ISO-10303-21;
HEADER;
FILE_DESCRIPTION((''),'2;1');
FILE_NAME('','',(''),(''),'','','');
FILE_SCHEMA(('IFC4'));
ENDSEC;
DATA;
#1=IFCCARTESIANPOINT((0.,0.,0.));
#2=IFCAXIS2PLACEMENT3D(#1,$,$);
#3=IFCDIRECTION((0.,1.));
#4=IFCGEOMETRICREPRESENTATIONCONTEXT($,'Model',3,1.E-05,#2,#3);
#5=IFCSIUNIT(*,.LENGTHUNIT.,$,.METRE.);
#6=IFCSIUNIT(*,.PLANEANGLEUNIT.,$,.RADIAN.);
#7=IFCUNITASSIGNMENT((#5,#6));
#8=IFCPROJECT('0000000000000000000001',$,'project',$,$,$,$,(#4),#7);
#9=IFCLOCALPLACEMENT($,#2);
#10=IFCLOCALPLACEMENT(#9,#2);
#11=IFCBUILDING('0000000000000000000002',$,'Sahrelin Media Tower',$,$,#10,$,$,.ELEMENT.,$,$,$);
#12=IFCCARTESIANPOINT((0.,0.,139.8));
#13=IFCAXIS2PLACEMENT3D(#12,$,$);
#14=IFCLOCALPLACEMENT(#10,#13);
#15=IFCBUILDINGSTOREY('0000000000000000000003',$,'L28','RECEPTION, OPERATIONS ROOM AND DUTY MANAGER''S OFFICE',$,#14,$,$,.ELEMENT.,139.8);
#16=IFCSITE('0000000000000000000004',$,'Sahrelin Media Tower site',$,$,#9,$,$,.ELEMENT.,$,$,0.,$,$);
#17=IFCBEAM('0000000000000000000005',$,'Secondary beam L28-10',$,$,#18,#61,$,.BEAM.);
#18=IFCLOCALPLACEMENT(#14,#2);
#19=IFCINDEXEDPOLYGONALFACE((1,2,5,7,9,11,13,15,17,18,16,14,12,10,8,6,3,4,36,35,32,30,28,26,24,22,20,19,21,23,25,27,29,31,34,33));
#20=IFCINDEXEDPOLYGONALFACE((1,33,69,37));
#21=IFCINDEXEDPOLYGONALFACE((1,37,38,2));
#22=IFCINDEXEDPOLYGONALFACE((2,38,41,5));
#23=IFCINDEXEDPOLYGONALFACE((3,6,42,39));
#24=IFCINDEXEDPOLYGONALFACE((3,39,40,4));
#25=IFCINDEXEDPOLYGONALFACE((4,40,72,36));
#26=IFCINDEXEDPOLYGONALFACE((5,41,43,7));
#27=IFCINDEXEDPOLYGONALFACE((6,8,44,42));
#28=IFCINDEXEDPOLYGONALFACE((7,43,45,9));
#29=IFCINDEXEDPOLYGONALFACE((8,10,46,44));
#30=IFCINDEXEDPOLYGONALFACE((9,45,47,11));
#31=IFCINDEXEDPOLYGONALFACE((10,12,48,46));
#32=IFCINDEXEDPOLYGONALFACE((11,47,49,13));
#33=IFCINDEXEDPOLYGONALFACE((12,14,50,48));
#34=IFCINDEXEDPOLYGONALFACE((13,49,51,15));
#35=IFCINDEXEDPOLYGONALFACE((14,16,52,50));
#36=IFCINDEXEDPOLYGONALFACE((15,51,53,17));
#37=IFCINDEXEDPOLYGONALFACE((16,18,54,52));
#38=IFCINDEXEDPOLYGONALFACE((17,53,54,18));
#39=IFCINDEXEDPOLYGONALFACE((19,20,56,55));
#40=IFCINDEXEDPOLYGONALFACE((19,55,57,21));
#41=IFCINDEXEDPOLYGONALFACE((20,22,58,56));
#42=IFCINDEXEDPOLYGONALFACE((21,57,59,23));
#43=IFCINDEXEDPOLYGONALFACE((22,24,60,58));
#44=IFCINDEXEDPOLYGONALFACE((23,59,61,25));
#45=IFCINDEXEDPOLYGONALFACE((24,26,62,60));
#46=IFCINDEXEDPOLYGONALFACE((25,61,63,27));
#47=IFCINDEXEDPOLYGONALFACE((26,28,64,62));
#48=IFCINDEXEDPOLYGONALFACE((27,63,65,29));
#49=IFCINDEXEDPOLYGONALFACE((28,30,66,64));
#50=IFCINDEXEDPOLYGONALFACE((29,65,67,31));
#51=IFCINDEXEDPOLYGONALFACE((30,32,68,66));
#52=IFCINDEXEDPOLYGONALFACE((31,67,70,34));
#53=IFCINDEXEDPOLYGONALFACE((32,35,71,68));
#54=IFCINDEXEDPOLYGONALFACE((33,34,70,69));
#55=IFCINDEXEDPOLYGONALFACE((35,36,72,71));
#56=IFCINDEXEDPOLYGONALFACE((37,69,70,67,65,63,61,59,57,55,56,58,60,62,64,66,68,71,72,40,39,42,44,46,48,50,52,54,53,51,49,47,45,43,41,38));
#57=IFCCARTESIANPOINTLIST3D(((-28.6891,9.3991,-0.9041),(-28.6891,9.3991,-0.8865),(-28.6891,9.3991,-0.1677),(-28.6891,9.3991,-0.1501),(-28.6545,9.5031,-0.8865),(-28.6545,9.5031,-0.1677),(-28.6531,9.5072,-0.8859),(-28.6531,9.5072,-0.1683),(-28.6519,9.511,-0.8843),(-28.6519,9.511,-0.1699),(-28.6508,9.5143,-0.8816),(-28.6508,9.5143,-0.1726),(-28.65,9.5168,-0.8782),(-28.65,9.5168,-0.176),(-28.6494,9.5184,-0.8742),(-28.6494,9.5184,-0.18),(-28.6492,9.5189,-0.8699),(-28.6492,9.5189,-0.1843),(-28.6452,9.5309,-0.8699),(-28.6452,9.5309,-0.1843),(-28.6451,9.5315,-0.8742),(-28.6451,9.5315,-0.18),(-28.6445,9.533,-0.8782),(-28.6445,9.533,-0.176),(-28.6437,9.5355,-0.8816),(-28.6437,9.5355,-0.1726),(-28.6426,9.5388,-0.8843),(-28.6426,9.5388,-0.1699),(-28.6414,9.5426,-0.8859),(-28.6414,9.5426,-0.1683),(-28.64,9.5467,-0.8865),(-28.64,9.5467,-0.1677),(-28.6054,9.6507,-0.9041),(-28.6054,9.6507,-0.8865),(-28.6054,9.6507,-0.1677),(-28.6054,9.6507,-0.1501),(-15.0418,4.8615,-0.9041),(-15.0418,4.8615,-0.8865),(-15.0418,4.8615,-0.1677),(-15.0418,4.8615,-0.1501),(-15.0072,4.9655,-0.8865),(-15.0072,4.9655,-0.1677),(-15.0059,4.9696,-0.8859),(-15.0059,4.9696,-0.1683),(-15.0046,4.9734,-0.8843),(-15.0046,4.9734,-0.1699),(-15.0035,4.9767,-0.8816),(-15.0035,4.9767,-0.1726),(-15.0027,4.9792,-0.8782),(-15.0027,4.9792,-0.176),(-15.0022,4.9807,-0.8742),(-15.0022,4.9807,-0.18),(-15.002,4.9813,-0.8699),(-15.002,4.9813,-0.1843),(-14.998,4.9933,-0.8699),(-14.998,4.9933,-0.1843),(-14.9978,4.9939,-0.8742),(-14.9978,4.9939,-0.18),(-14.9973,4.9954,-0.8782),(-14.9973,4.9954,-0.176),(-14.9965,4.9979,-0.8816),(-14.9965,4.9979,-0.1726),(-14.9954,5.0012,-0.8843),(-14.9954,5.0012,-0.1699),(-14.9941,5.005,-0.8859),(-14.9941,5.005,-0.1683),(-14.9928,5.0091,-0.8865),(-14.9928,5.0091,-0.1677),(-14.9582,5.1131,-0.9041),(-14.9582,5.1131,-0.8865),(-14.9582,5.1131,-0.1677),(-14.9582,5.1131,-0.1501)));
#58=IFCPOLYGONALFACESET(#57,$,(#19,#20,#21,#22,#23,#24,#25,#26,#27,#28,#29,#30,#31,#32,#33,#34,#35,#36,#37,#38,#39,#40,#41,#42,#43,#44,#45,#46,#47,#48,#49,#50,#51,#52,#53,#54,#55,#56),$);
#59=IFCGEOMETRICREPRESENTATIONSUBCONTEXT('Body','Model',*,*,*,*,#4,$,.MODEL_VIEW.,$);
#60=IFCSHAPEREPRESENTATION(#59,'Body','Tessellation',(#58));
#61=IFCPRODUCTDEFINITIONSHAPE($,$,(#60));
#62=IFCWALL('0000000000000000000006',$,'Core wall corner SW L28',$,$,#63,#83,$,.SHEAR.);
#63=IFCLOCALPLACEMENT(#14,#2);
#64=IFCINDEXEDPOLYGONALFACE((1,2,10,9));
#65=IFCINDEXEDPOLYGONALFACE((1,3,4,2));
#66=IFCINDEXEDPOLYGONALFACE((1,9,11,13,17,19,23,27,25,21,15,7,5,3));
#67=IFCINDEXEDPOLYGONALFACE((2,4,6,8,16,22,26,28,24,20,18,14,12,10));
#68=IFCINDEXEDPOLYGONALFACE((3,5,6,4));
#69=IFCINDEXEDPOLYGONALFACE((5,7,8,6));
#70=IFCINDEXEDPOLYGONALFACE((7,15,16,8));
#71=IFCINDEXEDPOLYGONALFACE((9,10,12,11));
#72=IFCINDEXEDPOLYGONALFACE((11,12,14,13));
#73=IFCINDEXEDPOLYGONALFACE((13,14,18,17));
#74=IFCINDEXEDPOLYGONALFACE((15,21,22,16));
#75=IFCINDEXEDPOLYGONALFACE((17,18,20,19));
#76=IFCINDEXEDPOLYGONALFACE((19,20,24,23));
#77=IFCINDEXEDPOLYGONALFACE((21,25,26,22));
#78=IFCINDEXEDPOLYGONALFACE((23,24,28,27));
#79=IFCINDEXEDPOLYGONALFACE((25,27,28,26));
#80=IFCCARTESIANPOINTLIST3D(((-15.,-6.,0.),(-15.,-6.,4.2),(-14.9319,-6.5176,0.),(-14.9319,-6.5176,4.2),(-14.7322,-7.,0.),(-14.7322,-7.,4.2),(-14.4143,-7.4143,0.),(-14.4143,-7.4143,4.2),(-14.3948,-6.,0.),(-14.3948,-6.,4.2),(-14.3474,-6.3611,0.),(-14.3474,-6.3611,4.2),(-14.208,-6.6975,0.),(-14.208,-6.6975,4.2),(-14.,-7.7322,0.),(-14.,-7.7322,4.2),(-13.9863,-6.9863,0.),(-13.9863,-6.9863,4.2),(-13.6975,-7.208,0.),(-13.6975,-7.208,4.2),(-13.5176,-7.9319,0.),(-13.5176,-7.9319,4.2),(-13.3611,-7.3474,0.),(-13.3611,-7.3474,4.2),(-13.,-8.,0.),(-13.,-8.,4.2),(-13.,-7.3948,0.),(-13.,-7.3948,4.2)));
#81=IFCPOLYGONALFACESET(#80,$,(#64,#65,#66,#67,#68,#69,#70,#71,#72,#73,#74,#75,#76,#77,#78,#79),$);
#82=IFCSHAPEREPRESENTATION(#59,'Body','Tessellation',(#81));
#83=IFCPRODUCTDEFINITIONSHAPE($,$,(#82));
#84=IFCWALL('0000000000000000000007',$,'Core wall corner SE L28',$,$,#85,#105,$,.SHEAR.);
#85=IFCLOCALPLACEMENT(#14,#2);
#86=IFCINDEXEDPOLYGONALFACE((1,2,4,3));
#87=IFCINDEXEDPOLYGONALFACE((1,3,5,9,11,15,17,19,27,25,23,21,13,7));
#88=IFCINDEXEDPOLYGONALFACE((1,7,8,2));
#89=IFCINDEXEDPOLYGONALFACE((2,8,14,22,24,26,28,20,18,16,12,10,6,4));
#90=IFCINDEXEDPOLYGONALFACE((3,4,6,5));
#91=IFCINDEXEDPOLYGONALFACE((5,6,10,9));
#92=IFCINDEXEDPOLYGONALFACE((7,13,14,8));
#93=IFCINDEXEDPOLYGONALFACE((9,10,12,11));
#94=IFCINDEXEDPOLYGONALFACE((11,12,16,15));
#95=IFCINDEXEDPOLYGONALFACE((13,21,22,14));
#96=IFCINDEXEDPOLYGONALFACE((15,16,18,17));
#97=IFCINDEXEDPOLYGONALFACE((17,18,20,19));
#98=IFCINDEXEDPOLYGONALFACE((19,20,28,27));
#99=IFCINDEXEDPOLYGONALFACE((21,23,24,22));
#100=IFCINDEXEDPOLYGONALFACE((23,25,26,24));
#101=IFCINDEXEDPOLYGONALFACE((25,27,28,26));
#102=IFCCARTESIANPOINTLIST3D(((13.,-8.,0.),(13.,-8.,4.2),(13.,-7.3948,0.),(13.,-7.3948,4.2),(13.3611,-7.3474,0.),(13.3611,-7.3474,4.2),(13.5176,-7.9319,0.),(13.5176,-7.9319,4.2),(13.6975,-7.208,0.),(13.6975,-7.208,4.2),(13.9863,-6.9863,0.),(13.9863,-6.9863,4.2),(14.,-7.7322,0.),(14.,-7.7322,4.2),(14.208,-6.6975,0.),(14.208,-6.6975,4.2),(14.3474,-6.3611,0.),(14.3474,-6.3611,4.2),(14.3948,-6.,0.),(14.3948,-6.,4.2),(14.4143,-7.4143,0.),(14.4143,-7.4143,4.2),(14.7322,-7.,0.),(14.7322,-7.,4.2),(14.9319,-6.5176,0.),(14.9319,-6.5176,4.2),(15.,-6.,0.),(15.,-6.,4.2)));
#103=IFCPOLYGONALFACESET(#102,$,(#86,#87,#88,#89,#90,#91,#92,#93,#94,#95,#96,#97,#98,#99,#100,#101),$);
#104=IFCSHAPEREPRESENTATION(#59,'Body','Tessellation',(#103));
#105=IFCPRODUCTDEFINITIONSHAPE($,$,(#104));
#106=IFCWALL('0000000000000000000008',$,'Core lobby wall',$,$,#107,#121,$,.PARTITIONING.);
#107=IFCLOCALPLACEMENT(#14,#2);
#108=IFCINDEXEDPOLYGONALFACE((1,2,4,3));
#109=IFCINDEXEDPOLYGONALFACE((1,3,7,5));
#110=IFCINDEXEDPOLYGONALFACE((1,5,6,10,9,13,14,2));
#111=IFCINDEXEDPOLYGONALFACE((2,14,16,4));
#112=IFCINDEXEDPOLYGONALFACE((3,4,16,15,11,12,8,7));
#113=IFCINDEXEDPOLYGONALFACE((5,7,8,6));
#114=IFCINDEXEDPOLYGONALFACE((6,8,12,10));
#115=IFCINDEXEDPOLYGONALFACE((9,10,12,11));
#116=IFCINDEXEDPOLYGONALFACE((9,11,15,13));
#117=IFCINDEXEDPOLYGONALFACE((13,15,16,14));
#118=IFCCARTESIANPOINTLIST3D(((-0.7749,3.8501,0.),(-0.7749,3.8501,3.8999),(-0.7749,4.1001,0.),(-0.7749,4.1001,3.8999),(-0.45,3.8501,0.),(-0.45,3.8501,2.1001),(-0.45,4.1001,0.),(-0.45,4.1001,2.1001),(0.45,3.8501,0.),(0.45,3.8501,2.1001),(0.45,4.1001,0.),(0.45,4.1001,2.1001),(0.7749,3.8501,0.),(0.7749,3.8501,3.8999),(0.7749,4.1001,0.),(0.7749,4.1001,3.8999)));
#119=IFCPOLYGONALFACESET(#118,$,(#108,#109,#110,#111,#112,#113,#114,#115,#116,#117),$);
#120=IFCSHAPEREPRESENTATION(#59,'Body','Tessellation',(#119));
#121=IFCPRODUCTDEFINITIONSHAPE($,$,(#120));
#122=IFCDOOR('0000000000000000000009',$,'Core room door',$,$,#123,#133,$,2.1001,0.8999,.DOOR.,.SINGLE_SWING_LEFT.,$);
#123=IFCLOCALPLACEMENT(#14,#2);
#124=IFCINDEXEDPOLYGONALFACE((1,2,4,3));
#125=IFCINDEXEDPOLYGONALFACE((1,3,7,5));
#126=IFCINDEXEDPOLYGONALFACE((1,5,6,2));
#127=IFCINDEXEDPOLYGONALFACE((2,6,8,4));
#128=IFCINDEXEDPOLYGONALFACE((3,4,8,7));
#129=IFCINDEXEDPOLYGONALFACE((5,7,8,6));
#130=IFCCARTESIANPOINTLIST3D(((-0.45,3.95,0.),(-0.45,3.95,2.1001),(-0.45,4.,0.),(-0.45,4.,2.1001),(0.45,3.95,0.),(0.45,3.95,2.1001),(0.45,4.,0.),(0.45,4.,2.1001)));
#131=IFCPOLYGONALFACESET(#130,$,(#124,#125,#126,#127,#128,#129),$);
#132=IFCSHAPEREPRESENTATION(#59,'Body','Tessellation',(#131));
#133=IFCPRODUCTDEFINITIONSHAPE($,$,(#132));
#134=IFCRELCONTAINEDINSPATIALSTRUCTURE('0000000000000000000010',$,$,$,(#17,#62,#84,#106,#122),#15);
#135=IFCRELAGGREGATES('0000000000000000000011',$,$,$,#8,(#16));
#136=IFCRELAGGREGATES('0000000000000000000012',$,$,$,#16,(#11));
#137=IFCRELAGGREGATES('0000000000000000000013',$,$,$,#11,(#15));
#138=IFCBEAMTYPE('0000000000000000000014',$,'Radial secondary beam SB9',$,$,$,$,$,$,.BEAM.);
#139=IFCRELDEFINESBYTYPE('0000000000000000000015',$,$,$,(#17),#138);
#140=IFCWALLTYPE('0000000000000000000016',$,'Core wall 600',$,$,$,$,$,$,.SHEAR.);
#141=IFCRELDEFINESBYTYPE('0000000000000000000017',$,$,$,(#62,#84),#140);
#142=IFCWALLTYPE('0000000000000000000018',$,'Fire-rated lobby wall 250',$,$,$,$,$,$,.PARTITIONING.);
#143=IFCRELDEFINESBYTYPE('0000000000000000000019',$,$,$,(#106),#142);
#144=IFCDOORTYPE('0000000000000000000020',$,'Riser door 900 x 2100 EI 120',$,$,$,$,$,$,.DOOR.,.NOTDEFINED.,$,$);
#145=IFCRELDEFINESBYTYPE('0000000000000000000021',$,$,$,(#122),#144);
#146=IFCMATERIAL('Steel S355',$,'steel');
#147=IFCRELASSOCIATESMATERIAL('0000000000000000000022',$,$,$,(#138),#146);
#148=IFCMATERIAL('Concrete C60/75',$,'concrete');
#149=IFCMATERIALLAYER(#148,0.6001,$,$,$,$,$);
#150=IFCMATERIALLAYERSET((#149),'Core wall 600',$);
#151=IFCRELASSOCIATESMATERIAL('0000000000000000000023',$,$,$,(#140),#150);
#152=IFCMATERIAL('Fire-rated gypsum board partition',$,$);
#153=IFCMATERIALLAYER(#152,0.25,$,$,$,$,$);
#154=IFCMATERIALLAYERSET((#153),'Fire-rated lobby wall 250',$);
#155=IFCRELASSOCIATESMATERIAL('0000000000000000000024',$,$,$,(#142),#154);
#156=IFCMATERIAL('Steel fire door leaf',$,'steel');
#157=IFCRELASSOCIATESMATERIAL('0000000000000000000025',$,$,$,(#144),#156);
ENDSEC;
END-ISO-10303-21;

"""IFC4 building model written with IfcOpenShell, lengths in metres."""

from ifc_helpers import new_model, si_unit, direction, frame, frame_2d, origin, origin_2d, place, context, subcontext, project, spatial, polyline, rectangle, i_section, outline, extrude, material, layer, layer_set, material_profile, profile_set, type_object, element, fill, save


model = new_model("IFC4")

# Units and contexts
model_context = context("Model", 3, precision=1e-05, world=origin(), true_north=direction((0.0, 1.0)))
body_context = subcontext(model_context, "Body", "Model", "MODEL_VIEW")
ifc_project = project(units=[si_unit("LENGTHUNIT", "METRE"), si_unit("PLANEANGLEUNIT", "RADIAN")], contexts=[model_context])

# Site, building, storey
site_placement = place(None, origin())
site = spatial("IfcSite", under=ifc_project, at=site_placement, Name="Sahrelin Media Tower site", CompositionType="ELEMENT", RefElevation=0.0)
building_placement = place(site_placement, origin())
building = spatial("IfcBuilding", under=site, at=building_placement, Name="Sahrelin Media Tower", CompositionType="ELEMENT")
storey_placement = place(building_placement, frame((0.0, 0.0, 139.8)))
storey = spatial("IfcBuildingStorey", under=building, at=storey_placement, Name="L28", Description="RECEPTION, OPERATIONS ROOM AND DUTY MANAGER'S OFFICE", CompositionType="ELEMENT", Elevation=139.8)

# Beam
ifc_material_1 = material(Name="Steel S355", Category="steel")
ifc_material_profile_1 = material_profile(ifc_material_1, i_section(OverallWidth=0.2651, OverallDepth=0.7539, WebThickness=0.0127, FlangeThickness=0.0176, FilletRadius=0.0166, at=origin_2d()), Name="UB 762x267x147")
ifc_profile_set_1 = profile_set([ifc_material_profile_1], Name="Steel S355")
beam_type_1 = type_object("IfcBeamType", Name="Radial secondary beam SB9", PredefinedType="BEAM", material=ifc_profile_set_1)
beam_1_placement = place(storey_placement, frame((-15.0, 4.9873, -0.5271), z_axis=(-0.948922, 0.31551, 0.0), x_axis=(-0.31551, -0.948922, 0.0)))
element("IfcBeam", 1, at=beam_1_placement, inside=storey, type_object=beam_type_1, Name="Secondary beam L28-10", PredefinedType="BEAM", context=body_context, shape_type="SweptSolid", body=[
    extrude(i_section(OverallWidth=0.2651, OverallDepth=0.7539, WebThickness=0.0127, FlangeThickness=0.0176, FilletRadius=0.0166, at=origin_2d()), origin(), (0.0, 0.0, 1.0), 14.3818),
])

# Walls
ifc_material_2 = material(Name="Concrete C60/75", Category="concrete")
ifc_layer_1 = layer(ifc_material_2, 0.6001)
ifc_layer_set_1 = layer_set([ifc_layer_1], Name="Core wall 600")
wall_type_1 = type_object("IfcWallType", Name="Core wall 600", PredefinedType="SHEAR", material=ifc_layer_set_1)
placement = place(storey_placement, origin())
element("IfcWall", 2, at=placement, inside=storey, type_object=wall_type_1, Name="Core wall corner SW L28", PredefinedType="SHEAR", context=body_context, shape_type="SweptSolid", body=[
    extrude(outline(polyline([(-13.0, -8.0), (-13.0, -7.3948), (-13.3611, -7.3474), (-13.6975, -7.208), (-13.9863, -6.9863), (-14.208, -6.6975), (-14.3474, -6.3611), (-14.3948, -6.0), (-15.0, -6.0), (-14.9319, -6.5176), (-14.7322, -7.0), (-14.4143, -7.4143), (-14.0, -7.7322), (-13.5176, -7.9319), (-13.0, -8.0)])), origin(), (0.0, 0.0, 1.0), 4.2),
])
element("IfcWall", 3, at=placement, inside=storey, type_object=wall_type_1, Name="Core wall corner SE L28", PredefinedType="SHEAR", context=body_context, shape_type="SweptSolid", body=[
    extrude(outline(polyline([(15.0, -6.0), (14.3948, -6.0), (14.3474, -6.3611), (14.208, -6.6975), (13.9863, -6.9863), (13.6975, -7.208), (13.3611, -7.3474), (13.0, -7.3948), (13.0, -8.0), (13.5176, -7.9319), (14.0, -7.7322), (14.4143, -7.4143), (14.7322, -7.0), (14.9319, -6.5176), (15.0, -6.0)])), origin(), (0.0, 0.0, 1.0), 4.2),
])

# Wall, opening, door
ifc_material_3 = material(Name="Fire-rated gypsum board partition")
ifc_layer_2 = layer(ifc_material_3, 0.25)
ifc_layer_set_2 = layer_set([ifc_layer_2], Name="Fire-rated lobby wall 250")
wall_type_2 = type_object("IfcWallType", Name="Fire-rated lobby wall 250", PredefinedType="PARTITIONING", material=ifc_layer_set_2)
wall_1_placement = place(storey_placement, frame((-0.7749, 3.9751, 0.0), z_axis=(0.0, 0.0, 1.0), x_axis=(1.0, 0.0, 0.0)))
wall_1 = element("IfcWall", 4, at=wall_1_placement, inside=storey, type_object=wall_type_2, Name="Core lobby wall", PredefinedType="PARTITIONING", context=body_context, shape_type="SweptSolid", body=[
    extrude(rectangle(XDim=1.5498, YDim=0.25, at=frame_2d((0.7749, 0.0))), origin(), (0.0, 0.0, 1.0), 3.8999),
])
opening_1_placement = place(wall_1_placement, frame((0.325, 0.0, 0.0)))
opening_1 = element("IfcOpeningElement", 5, at=opening_1_placement, cuts=wall_1, PredefinedType="OPENING", context=body_context, shape_type="SweptSolid", body=[
    extrude(rectangle(XDim=0.8999, YDim=2.1001, at=frame_2d((0.45, 1.05))), frame((0.0, 0.125, 0.0), z_axis=(0.0, -1.0, 0.0), x_axis=(1.0, 0.0, 0.0)), (0.0, 0.0, 1.0), 0.25),
])
ifc_material_4 = material(Name="Steel fire door leaf", Category="steel")
door_type_1 = type_object("IfcDoorType", Name="Riser door 900 x 2100 EI 120", OperationType="NOTDEFINED", PredefinedType="DOOR", material=ifc_material_4)
door_1_placement = place(opening_1_placement, origin())
door_1 = element("IfcDoor", 6, at=door_1_placement, inside=storey, type_object=door_type_1, Name="Core room door", OperationType="SINGLE_SWING_LEFT", OverallHeight=2.1001, OverallWidth=0.8999, PredefinedType="DOOR", context=body_context, shape_type="SweptSolid", body=[
    extrude(rectangle(XDim=0.8999, YDim=2.1001, at=frame_2d((0.45, 1.05))), frame((0.0, 0.0249, 0.0), z_axis=(0.0, -1.0, 0.0), x_axis=(1.0, 0.0, 0.0)), (0.0, 0.0, 1.0), 0.05),
])
fill(opening_1, door_1)

save(model, "model.ifc")
